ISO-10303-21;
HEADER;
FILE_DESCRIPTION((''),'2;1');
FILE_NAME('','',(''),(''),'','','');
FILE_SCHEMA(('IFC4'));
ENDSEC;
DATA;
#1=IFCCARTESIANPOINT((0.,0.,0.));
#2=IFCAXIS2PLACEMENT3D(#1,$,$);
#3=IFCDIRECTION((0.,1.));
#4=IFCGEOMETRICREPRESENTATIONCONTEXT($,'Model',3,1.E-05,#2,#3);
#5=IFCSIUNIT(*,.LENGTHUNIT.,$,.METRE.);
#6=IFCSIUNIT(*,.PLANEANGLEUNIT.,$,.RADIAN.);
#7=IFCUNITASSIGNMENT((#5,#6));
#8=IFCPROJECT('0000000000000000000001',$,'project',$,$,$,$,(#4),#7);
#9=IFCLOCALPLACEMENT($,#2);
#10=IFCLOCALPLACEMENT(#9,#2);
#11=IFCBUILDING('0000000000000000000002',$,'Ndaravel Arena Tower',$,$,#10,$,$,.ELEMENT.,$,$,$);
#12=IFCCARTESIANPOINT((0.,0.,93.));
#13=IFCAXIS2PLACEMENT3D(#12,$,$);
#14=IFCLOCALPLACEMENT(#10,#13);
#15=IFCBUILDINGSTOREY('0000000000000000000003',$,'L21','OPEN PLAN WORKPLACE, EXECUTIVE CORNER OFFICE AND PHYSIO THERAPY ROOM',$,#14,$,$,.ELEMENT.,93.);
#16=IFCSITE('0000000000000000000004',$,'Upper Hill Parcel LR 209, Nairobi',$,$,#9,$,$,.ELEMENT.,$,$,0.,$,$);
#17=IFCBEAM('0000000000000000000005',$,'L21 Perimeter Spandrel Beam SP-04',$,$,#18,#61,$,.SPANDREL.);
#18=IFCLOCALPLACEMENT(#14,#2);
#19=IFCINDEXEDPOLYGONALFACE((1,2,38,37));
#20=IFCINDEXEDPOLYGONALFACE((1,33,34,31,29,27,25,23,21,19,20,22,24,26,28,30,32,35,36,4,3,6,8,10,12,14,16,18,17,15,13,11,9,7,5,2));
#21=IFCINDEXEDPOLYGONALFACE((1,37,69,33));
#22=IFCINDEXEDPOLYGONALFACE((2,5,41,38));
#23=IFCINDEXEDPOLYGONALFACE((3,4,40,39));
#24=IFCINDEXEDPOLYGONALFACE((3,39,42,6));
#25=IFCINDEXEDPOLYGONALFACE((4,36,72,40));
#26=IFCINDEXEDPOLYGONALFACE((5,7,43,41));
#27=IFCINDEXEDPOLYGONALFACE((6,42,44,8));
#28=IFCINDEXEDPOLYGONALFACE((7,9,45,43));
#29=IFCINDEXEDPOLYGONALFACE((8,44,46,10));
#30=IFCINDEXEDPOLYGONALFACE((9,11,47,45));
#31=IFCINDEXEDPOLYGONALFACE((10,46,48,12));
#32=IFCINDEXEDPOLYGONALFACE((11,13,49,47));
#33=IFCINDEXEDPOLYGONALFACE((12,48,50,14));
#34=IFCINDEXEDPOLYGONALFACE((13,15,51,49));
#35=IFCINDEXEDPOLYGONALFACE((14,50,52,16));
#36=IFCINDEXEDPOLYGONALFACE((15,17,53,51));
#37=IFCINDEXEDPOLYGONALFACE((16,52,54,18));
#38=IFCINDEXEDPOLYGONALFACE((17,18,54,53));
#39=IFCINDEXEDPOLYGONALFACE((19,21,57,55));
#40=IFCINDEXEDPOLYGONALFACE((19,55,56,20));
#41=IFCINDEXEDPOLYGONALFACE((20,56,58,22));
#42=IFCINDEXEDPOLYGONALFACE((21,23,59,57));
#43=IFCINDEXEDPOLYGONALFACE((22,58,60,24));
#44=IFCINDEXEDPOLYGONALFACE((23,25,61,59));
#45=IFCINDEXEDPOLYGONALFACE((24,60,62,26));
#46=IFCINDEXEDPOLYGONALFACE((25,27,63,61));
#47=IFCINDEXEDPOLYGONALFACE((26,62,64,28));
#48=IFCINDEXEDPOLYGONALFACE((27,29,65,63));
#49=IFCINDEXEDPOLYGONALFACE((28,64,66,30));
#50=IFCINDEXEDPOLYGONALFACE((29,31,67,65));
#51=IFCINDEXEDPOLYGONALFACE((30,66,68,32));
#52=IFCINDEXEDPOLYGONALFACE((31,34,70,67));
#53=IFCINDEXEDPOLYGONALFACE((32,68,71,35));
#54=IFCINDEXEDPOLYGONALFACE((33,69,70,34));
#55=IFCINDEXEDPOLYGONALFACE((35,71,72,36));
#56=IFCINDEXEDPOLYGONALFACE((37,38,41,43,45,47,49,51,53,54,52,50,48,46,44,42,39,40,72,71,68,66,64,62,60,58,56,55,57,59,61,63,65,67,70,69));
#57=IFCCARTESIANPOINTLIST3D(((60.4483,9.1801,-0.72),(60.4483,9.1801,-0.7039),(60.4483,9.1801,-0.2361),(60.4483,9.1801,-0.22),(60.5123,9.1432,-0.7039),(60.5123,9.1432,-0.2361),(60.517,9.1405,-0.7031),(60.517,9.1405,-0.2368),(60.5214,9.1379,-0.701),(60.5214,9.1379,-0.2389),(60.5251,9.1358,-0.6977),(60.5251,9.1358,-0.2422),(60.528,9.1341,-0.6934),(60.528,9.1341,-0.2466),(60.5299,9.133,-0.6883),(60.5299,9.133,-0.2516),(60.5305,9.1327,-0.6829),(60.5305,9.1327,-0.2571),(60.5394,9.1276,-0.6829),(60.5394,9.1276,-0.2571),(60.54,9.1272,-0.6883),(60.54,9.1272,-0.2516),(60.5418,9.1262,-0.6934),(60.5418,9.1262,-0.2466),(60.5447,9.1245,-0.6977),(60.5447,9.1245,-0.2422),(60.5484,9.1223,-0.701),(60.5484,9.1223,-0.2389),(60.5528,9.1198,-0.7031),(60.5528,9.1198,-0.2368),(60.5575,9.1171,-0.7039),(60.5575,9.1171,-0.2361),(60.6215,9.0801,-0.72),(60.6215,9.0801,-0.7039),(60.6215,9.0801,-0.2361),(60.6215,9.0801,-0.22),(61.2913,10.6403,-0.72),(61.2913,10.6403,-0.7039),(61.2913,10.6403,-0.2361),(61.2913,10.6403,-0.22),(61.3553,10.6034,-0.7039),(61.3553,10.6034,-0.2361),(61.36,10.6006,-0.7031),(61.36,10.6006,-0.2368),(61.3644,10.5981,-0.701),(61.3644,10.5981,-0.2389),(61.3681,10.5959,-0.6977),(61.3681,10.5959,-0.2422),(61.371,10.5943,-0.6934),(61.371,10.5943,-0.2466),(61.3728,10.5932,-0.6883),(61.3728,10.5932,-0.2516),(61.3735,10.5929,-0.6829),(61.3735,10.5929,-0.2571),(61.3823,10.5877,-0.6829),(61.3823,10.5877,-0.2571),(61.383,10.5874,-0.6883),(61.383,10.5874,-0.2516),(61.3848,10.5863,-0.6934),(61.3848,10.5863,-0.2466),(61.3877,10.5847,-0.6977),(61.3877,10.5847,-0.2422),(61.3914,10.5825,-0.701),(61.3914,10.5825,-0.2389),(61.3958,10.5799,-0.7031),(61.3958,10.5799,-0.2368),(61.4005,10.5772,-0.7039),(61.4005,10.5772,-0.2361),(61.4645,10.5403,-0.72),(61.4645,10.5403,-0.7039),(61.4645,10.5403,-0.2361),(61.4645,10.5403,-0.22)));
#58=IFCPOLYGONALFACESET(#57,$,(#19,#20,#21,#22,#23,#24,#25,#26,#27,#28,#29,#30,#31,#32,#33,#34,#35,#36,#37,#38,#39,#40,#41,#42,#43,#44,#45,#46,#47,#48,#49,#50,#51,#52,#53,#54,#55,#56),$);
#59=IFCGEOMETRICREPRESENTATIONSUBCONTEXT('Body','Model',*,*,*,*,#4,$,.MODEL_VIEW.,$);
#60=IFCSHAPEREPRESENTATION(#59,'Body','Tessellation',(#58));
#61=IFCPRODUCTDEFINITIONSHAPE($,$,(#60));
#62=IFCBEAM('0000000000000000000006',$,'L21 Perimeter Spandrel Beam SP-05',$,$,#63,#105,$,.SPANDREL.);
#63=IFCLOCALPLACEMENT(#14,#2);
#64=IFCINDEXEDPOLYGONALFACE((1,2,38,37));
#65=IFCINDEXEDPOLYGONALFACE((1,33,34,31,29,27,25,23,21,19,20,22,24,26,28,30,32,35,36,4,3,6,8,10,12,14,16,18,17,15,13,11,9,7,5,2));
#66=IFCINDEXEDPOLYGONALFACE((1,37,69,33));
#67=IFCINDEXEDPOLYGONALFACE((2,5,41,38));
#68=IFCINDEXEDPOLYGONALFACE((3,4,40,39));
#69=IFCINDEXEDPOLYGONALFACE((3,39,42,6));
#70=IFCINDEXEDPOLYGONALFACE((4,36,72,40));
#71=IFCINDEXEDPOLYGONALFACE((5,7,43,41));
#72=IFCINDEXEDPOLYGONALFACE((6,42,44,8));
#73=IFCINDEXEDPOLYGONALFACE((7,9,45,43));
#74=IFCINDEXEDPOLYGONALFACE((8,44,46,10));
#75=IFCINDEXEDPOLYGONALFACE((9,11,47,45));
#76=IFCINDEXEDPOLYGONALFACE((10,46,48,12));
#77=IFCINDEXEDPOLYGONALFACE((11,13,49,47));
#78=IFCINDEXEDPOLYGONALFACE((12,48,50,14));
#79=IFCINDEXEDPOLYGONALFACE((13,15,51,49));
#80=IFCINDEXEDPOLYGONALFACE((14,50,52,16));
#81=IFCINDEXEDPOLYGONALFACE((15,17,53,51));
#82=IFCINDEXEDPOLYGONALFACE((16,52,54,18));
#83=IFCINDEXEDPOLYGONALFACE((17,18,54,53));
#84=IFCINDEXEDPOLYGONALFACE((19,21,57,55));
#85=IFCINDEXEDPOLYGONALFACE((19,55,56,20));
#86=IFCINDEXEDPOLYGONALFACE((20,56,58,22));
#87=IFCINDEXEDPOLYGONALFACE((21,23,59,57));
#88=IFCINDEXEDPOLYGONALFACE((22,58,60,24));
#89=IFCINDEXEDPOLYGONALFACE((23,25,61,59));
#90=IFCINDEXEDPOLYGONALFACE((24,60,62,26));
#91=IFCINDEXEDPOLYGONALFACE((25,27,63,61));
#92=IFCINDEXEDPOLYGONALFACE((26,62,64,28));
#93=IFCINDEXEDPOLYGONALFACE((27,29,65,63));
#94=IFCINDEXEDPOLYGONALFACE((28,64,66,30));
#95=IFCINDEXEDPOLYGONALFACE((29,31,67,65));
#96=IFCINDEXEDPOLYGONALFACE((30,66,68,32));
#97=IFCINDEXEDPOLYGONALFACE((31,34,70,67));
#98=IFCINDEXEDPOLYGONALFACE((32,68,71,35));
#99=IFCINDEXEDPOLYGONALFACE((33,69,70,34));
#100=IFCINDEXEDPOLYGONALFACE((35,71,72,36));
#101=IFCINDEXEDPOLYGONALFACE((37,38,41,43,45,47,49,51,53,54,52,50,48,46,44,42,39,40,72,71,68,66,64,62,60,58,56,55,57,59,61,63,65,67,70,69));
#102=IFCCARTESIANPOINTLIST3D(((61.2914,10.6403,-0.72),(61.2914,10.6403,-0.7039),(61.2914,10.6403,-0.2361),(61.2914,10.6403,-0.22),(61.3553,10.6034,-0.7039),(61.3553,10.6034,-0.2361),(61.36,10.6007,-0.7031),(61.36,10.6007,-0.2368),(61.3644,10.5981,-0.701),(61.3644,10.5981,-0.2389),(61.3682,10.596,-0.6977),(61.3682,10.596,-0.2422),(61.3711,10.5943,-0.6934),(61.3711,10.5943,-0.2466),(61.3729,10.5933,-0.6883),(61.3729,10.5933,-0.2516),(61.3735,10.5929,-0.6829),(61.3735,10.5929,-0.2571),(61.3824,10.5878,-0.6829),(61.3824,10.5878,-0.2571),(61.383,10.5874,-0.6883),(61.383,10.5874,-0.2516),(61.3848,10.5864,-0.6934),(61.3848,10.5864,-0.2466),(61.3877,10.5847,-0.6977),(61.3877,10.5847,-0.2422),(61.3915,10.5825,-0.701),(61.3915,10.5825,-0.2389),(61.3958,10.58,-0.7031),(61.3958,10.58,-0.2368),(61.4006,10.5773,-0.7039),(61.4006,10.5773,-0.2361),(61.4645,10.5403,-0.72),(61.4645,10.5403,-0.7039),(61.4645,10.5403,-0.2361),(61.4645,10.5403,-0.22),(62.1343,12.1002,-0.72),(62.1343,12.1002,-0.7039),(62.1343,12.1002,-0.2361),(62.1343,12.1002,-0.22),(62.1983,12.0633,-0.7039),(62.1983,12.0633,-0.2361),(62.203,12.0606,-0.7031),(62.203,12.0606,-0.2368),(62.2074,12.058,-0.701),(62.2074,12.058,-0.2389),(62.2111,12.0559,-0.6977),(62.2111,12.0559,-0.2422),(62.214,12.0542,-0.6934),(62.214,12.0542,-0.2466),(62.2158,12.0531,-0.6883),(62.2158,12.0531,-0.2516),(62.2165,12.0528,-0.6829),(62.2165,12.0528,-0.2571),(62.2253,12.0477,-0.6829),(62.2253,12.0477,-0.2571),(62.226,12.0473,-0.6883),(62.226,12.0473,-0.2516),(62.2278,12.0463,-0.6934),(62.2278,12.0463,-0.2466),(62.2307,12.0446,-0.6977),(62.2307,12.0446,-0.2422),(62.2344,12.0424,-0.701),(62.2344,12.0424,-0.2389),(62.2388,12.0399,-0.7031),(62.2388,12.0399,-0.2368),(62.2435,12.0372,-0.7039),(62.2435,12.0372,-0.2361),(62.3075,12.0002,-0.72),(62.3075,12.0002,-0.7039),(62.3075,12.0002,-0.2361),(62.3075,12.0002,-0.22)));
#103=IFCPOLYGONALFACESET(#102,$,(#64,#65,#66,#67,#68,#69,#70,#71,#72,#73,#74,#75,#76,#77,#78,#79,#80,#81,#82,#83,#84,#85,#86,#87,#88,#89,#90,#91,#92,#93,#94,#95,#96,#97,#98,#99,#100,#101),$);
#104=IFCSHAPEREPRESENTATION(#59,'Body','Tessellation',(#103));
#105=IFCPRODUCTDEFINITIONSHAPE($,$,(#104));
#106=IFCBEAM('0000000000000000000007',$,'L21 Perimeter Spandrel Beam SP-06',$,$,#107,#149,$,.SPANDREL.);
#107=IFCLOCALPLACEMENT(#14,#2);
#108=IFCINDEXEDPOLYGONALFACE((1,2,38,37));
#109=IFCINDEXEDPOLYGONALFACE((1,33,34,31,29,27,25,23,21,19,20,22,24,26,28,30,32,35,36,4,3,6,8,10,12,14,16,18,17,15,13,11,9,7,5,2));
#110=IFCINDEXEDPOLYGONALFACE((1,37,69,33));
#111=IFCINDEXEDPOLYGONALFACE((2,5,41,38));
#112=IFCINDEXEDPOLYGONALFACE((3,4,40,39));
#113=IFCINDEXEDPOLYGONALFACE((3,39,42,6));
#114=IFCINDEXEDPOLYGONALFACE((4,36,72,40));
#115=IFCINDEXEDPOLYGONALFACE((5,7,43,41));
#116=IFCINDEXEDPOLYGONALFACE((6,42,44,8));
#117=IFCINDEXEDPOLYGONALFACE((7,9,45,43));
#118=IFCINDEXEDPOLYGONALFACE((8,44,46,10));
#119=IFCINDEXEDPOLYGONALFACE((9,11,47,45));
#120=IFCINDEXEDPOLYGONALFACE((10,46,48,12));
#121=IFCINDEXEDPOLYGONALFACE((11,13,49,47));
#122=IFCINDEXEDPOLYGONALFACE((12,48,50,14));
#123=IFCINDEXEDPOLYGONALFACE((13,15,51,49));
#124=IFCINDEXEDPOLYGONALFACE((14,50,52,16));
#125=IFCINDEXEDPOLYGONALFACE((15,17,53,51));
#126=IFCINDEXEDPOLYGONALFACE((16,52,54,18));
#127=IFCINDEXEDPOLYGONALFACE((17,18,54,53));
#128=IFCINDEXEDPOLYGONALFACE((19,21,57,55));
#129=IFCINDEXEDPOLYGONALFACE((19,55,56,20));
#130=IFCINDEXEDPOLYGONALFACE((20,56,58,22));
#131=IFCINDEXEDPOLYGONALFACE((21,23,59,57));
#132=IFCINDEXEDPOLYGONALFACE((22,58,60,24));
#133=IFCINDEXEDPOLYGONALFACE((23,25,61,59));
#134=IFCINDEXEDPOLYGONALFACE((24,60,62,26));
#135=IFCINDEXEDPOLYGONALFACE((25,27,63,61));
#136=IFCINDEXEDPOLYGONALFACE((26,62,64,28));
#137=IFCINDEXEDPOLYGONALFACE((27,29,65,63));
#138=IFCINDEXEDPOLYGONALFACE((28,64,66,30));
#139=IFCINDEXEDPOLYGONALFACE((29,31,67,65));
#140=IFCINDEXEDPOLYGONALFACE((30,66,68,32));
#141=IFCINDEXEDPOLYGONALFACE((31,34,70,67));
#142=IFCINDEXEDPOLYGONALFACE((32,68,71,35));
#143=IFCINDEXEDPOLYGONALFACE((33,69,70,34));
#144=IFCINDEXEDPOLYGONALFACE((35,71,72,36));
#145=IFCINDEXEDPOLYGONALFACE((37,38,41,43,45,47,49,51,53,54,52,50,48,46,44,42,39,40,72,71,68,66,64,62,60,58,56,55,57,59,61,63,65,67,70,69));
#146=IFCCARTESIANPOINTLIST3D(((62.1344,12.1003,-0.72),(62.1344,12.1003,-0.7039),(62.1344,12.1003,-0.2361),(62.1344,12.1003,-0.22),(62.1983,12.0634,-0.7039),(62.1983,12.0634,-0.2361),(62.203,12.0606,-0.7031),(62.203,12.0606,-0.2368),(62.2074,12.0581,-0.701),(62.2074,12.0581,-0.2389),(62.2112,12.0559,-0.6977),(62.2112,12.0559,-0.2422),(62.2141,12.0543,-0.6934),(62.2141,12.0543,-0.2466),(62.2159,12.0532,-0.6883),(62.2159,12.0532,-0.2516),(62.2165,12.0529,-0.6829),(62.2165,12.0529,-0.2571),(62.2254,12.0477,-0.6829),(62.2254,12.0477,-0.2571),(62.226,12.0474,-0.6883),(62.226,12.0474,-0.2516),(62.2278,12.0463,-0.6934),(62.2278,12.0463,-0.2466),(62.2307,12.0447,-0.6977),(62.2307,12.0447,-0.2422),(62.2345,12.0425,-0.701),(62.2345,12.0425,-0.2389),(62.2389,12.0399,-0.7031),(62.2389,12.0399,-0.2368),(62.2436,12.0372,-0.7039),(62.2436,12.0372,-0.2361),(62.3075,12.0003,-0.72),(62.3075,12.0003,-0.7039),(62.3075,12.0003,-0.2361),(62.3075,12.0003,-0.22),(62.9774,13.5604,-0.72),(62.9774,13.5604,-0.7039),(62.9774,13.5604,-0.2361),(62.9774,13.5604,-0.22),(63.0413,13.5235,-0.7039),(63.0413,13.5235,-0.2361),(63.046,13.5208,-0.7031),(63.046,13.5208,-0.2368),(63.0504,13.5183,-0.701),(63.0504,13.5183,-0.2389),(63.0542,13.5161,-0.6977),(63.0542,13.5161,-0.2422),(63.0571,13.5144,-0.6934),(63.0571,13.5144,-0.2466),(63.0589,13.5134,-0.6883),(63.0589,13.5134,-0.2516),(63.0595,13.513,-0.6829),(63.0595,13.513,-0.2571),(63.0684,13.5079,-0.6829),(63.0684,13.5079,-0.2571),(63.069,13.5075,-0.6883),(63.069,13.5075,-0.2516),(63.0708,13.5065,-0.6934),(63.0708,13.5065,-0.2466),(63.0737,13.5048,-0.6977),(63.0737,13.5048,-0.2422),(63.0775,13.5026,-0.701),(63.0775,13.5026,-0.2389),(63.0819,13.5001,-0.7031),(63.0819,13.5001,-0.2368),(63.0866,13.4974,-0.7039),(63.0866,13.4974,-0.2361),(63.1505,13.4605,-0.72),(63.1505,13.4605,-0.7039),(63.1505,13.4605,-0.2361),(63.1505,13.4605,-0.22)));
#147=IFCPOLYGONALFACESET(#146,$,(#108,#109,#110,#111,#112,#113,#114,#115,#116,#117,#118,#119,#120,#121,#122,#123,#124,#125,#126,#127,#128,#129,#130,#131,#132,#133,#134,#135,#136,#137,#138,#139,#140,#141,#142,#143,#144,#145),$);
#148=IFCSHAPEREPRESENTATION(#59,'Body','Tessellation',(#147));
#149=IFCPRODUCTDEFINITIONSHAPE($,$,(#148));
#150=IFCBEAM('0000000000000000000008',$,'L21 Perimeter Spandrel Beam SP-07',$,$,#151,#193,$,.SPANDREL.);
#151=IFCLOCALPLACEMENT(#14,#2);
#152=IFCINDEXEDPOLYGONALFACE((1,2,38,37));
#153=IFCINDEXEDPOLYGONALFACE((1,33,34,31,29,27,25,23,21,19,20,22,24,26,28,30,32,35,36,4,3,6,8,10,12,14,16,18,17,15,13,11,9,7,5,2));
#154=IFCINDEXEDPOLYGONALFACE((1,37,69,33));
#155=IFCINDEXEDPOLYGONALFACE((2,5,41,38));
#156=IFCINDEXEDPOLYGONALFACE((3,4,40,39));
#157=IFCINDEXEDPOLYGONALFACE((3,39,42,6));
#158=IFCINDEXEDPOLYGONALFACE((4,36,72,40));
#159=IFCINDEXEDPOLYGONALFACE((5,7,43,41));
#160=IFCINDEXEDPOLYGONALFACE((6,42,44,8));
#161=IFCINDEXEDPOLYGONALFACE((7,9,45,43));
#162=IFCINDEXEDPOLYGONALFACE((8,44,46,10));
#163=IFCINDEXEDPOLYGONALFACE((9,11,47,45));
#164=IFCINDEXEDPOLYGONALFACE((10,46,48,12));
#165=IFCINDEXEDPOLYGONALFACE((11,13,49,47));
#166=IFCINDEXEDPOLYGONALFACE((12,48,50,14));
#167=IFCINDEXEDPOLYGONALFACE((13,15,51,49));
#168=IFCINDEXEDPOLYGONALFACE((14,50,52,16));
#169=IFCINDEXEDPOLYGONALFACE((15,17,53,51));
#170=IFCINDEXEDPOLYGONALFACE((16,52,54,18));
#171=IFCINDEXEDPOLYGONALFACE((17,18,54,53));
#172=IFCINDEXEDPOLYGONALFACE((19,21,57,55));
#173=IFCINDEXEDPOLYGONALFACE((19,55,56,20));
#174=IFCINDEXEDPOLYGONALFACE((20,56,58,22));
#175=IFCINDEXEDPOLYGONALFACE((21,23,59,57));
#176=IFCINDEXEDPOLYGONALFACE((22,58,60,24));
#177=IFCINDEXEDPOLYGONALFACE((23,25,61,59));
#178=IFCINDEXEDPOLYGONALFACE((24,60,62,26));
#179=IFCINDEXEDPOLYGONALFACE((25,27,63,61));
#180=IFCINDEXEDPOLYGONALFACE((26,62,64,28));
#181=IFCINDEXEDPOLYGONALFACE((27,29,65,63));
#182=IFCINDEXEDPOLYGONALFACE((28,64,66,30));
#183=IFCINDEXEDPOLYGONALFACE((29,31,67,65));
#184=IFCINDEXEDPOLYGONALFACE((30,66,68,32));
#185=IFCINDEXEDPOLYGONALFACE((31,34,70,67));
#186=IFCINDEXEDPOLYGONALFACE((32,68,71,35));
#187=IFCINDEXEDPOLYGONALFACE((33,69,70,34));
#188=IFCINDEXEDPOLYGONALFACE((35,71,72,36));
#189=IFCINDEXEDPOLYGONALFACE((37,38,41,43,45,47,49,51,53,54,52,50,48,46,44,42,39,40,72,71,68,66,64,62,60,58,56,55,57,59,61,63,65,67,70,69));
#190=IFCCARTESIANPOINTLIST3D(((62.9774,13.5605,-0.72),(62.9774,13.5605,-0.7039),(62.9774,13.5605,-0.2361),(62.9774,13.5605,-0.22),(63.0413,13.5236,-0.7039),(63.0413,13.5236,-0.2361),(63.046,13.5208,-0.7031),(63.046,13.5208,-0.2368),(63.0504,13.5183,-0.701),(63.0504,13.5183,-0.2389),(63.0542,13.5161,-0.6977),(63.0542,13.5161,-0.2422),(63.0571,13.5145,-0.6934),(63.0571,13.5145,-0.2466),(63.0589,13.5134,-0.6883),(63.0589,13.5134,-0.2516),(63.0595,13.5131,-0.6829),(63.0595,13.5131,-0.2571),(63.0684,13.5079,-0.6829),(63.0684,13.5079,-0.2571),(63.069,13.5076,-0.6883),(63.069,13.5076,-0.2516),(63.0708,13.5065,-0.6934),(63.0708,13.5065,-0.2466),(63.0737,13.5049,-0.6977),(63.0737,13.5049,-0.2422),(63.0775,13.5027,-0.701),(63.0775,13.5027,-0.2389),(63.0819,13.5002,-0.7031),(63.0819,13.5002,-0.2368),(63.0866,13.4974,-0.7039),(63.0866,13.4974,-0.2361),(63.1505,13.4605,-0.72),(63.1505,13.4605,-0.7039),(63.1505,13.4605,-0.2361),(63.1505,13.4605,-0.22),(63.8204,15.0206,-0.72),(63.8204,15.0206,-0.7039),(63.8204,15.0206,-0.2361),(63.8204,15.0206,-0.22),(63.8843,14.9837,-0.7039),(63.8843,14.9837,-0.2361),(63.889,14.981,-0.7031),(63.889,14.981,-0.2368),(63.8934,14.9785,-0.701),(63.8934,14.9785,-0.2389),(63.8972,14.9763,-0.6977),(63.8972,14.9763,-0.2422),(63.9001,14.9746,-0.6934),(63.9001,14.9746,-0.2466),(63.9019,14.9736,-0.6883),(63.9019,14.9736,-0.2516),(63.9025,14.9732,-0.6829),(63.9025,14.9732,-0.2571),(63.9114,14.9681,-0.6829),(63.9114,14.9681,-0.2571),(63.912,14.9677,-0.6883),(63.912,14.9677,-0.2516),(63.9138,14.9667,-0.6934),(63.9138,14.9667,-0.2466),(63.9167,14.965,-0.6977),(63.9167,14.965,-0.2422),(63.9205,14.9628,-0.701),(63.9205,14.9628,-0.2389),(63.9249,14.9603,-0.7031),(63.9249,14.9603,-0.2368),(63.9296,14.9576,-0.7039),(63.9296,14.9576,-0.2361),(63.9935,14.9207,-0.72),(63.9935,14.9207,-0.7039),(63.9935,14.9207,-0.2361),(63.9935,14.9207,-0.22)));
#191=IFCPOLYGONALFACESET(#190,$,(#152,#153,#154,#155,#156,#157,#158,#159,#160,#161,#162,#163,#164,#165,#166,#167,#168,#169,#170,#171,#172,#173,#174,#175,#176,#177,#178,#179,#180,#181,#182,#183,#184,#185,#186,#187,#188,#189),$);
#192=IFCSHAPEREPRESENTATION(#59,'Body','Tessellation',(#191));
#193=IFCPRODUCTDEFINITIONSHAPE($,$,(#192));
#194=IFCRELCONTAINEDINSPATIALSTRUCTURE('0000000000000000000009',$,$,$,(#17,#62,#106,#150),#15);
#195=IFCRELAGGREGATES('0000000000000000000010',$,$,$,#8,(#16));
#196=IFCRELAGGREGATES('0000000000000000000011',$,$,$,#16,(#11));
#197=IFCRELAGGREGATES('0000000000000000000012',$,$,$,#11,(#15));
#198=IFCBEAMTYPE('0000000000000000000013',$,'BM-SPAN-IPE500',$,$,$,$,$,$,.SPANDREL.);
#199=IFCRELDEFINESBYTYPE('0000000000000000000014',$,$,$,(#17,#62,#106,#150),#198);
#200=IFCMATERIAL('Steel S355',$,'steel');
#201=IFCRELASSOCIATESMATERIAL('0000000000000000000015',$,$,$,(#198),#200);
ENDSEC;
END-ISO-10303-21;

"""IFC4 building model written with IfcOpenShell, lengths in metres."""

from ifc_helpers import new_model, si_unit, direction, frame, origin, origin_2d, place, context, subcontext, project, spatial, i_section, extrude, material, material_profile, profile_set, type_object, element, save


model = new_model("IFC4")

# Units and contexts
model_context = context("Model", 3, precision=1e-05, world=origin(), true_north=direction((0.0, 1.0)))
body_context = subcontext(model_context, "Body", "Model", "MODEL_VIEW")
ifc_project = project(units=[si_unit("LENGTHUNIT", "METRE"), si_unit("PLANEANGLEUNIT", "RADIAN")], contexts=[model_context])

# Site, building, storey
site_placement = place(None, origin())
site = spatial("IfcSite", under=ifc_project, at=site_placement, Name="Upper Hill Parcel LR 209, Nairobi", CompositionType="ELEMENT", RefElevation=0.0)
building_placement = place(site_placement, origin())
building = spatial("IfcBuilding", under=site, at=building_placement, Name="Ndaravel Arena Tower", CompositionType="ELEMENT")
storey_placement = place(building_placement, frame((0.0, 0.0, 93.0)))
storey = spatial("IfcBuildingStorey", under=building, at=storey_placement, Name="L21", Description="OPEN PLAN WORKPLACE, EXECUTIVE CORNER OFFICE AND PHYSIO THERAPY ROOM", CompositionType="ELEMENT", Elevation=93.0)

# Beams
ifc_material_1 = material(Name="Steel S355", Category="steel")
ifc_material_profile_1 = material_profile(ifc_material_1, i_section(OverallWidth=0.2, OverallDepth=0.5, WebThickness=0.0103, FlangeThickness=0.0161, FilletRadius=0.021, at=origin_2d()), Name="IPE 500")
ifc_profile_set_1 = profile_set([ifc_material_profile_1], Name="Steel S355")
beam_type = type_object("IfcBeamType", Name="BM-SPAN-IPE500", PredefinedType="SPANDREL", material=ifc_profile_set_1)
beam_1_placement = place(storey_placement, frame((60.5349, 9.1301, -0.47), z_axis=(0.499986, 0.866034, 0.0), x_axis=(-0.866034, 0.499986, 0.0)))
element("IfcBeam", 1, at=beam_1_placement, inside=storey, type_object=beam_type, Name="L21 Perimeter Spandrel Beam SP-04", PredefinedType="SPANDREL", context=body_context, shape_type="SweptSolid", body=[
    extrude(i_section(OverallWidth=0.2, OverallDepth=0.5, WebThickness=0.0103, FlangeThickness=0.0161, FilletRadius=0.021, at=origin_2d()), origin(), (0.0, 0.0, 1.0), 1.686),
])
beam_2_placement = place(storey_placement, frame((61.3779, 10.5903, -0.47), z_axis=(0.500048, 0.865997, 0.0), x_axis=(-0.865997, 0.500048, 0.0)))
element("IfcBeam", 2, at=beam_2_placement, inside=storey, type_object=beam_type, Name="L21 Perimeter Spandrel Beam SP-05", PredefinedType="SPANDREL", context=body_context, shape_type="SweptSolid", body=[
    extrude(i_section(OverallWidth=0.2, OverallDepth=0.5, WebThickness=0.0103, FlangeThickness=0.0161, FilletRadius=0.021, at=origin_2d()), origin(), (0.0, 0.0, 1.0), 1.6858),
])
for number, where, z_axis, x_axis, name in (
    (3, (62.2209, 12.0503, -0.47), (0.499986, 0.866034, 0.0), (-0.866034, 0.499986, 0.0), "L21 Perimeter Spandrel Beam SP-06"),
    (4, (63.064, 13.5105, -0.47), (0.499986, 0.866034, 0.0), (-0.866034, 0.499986, 0.0), "L21 Perimeter Spandrel Beam SP-07"),
):
    element("IfcBeam", number, at=place(storey_placement, frame(where, z_axis=z_axis, x_axis=x_axis)), inside=storey, type_object=beam_type, Name=name, PredefinedType="SPANDREL", context=body_context, shape_type="SweptSolid", body=[
        extrude(i_section(OverallWidth=0.2, OverallDepth=0.5, WebThickness=0.0103, FlangeThickness=0.0161, FilletRadius=0.021, at=origin_2d()), origin(), (0.0, 0.0, 1.0), 1.686),
    ])

save(model, "model.ifc")
